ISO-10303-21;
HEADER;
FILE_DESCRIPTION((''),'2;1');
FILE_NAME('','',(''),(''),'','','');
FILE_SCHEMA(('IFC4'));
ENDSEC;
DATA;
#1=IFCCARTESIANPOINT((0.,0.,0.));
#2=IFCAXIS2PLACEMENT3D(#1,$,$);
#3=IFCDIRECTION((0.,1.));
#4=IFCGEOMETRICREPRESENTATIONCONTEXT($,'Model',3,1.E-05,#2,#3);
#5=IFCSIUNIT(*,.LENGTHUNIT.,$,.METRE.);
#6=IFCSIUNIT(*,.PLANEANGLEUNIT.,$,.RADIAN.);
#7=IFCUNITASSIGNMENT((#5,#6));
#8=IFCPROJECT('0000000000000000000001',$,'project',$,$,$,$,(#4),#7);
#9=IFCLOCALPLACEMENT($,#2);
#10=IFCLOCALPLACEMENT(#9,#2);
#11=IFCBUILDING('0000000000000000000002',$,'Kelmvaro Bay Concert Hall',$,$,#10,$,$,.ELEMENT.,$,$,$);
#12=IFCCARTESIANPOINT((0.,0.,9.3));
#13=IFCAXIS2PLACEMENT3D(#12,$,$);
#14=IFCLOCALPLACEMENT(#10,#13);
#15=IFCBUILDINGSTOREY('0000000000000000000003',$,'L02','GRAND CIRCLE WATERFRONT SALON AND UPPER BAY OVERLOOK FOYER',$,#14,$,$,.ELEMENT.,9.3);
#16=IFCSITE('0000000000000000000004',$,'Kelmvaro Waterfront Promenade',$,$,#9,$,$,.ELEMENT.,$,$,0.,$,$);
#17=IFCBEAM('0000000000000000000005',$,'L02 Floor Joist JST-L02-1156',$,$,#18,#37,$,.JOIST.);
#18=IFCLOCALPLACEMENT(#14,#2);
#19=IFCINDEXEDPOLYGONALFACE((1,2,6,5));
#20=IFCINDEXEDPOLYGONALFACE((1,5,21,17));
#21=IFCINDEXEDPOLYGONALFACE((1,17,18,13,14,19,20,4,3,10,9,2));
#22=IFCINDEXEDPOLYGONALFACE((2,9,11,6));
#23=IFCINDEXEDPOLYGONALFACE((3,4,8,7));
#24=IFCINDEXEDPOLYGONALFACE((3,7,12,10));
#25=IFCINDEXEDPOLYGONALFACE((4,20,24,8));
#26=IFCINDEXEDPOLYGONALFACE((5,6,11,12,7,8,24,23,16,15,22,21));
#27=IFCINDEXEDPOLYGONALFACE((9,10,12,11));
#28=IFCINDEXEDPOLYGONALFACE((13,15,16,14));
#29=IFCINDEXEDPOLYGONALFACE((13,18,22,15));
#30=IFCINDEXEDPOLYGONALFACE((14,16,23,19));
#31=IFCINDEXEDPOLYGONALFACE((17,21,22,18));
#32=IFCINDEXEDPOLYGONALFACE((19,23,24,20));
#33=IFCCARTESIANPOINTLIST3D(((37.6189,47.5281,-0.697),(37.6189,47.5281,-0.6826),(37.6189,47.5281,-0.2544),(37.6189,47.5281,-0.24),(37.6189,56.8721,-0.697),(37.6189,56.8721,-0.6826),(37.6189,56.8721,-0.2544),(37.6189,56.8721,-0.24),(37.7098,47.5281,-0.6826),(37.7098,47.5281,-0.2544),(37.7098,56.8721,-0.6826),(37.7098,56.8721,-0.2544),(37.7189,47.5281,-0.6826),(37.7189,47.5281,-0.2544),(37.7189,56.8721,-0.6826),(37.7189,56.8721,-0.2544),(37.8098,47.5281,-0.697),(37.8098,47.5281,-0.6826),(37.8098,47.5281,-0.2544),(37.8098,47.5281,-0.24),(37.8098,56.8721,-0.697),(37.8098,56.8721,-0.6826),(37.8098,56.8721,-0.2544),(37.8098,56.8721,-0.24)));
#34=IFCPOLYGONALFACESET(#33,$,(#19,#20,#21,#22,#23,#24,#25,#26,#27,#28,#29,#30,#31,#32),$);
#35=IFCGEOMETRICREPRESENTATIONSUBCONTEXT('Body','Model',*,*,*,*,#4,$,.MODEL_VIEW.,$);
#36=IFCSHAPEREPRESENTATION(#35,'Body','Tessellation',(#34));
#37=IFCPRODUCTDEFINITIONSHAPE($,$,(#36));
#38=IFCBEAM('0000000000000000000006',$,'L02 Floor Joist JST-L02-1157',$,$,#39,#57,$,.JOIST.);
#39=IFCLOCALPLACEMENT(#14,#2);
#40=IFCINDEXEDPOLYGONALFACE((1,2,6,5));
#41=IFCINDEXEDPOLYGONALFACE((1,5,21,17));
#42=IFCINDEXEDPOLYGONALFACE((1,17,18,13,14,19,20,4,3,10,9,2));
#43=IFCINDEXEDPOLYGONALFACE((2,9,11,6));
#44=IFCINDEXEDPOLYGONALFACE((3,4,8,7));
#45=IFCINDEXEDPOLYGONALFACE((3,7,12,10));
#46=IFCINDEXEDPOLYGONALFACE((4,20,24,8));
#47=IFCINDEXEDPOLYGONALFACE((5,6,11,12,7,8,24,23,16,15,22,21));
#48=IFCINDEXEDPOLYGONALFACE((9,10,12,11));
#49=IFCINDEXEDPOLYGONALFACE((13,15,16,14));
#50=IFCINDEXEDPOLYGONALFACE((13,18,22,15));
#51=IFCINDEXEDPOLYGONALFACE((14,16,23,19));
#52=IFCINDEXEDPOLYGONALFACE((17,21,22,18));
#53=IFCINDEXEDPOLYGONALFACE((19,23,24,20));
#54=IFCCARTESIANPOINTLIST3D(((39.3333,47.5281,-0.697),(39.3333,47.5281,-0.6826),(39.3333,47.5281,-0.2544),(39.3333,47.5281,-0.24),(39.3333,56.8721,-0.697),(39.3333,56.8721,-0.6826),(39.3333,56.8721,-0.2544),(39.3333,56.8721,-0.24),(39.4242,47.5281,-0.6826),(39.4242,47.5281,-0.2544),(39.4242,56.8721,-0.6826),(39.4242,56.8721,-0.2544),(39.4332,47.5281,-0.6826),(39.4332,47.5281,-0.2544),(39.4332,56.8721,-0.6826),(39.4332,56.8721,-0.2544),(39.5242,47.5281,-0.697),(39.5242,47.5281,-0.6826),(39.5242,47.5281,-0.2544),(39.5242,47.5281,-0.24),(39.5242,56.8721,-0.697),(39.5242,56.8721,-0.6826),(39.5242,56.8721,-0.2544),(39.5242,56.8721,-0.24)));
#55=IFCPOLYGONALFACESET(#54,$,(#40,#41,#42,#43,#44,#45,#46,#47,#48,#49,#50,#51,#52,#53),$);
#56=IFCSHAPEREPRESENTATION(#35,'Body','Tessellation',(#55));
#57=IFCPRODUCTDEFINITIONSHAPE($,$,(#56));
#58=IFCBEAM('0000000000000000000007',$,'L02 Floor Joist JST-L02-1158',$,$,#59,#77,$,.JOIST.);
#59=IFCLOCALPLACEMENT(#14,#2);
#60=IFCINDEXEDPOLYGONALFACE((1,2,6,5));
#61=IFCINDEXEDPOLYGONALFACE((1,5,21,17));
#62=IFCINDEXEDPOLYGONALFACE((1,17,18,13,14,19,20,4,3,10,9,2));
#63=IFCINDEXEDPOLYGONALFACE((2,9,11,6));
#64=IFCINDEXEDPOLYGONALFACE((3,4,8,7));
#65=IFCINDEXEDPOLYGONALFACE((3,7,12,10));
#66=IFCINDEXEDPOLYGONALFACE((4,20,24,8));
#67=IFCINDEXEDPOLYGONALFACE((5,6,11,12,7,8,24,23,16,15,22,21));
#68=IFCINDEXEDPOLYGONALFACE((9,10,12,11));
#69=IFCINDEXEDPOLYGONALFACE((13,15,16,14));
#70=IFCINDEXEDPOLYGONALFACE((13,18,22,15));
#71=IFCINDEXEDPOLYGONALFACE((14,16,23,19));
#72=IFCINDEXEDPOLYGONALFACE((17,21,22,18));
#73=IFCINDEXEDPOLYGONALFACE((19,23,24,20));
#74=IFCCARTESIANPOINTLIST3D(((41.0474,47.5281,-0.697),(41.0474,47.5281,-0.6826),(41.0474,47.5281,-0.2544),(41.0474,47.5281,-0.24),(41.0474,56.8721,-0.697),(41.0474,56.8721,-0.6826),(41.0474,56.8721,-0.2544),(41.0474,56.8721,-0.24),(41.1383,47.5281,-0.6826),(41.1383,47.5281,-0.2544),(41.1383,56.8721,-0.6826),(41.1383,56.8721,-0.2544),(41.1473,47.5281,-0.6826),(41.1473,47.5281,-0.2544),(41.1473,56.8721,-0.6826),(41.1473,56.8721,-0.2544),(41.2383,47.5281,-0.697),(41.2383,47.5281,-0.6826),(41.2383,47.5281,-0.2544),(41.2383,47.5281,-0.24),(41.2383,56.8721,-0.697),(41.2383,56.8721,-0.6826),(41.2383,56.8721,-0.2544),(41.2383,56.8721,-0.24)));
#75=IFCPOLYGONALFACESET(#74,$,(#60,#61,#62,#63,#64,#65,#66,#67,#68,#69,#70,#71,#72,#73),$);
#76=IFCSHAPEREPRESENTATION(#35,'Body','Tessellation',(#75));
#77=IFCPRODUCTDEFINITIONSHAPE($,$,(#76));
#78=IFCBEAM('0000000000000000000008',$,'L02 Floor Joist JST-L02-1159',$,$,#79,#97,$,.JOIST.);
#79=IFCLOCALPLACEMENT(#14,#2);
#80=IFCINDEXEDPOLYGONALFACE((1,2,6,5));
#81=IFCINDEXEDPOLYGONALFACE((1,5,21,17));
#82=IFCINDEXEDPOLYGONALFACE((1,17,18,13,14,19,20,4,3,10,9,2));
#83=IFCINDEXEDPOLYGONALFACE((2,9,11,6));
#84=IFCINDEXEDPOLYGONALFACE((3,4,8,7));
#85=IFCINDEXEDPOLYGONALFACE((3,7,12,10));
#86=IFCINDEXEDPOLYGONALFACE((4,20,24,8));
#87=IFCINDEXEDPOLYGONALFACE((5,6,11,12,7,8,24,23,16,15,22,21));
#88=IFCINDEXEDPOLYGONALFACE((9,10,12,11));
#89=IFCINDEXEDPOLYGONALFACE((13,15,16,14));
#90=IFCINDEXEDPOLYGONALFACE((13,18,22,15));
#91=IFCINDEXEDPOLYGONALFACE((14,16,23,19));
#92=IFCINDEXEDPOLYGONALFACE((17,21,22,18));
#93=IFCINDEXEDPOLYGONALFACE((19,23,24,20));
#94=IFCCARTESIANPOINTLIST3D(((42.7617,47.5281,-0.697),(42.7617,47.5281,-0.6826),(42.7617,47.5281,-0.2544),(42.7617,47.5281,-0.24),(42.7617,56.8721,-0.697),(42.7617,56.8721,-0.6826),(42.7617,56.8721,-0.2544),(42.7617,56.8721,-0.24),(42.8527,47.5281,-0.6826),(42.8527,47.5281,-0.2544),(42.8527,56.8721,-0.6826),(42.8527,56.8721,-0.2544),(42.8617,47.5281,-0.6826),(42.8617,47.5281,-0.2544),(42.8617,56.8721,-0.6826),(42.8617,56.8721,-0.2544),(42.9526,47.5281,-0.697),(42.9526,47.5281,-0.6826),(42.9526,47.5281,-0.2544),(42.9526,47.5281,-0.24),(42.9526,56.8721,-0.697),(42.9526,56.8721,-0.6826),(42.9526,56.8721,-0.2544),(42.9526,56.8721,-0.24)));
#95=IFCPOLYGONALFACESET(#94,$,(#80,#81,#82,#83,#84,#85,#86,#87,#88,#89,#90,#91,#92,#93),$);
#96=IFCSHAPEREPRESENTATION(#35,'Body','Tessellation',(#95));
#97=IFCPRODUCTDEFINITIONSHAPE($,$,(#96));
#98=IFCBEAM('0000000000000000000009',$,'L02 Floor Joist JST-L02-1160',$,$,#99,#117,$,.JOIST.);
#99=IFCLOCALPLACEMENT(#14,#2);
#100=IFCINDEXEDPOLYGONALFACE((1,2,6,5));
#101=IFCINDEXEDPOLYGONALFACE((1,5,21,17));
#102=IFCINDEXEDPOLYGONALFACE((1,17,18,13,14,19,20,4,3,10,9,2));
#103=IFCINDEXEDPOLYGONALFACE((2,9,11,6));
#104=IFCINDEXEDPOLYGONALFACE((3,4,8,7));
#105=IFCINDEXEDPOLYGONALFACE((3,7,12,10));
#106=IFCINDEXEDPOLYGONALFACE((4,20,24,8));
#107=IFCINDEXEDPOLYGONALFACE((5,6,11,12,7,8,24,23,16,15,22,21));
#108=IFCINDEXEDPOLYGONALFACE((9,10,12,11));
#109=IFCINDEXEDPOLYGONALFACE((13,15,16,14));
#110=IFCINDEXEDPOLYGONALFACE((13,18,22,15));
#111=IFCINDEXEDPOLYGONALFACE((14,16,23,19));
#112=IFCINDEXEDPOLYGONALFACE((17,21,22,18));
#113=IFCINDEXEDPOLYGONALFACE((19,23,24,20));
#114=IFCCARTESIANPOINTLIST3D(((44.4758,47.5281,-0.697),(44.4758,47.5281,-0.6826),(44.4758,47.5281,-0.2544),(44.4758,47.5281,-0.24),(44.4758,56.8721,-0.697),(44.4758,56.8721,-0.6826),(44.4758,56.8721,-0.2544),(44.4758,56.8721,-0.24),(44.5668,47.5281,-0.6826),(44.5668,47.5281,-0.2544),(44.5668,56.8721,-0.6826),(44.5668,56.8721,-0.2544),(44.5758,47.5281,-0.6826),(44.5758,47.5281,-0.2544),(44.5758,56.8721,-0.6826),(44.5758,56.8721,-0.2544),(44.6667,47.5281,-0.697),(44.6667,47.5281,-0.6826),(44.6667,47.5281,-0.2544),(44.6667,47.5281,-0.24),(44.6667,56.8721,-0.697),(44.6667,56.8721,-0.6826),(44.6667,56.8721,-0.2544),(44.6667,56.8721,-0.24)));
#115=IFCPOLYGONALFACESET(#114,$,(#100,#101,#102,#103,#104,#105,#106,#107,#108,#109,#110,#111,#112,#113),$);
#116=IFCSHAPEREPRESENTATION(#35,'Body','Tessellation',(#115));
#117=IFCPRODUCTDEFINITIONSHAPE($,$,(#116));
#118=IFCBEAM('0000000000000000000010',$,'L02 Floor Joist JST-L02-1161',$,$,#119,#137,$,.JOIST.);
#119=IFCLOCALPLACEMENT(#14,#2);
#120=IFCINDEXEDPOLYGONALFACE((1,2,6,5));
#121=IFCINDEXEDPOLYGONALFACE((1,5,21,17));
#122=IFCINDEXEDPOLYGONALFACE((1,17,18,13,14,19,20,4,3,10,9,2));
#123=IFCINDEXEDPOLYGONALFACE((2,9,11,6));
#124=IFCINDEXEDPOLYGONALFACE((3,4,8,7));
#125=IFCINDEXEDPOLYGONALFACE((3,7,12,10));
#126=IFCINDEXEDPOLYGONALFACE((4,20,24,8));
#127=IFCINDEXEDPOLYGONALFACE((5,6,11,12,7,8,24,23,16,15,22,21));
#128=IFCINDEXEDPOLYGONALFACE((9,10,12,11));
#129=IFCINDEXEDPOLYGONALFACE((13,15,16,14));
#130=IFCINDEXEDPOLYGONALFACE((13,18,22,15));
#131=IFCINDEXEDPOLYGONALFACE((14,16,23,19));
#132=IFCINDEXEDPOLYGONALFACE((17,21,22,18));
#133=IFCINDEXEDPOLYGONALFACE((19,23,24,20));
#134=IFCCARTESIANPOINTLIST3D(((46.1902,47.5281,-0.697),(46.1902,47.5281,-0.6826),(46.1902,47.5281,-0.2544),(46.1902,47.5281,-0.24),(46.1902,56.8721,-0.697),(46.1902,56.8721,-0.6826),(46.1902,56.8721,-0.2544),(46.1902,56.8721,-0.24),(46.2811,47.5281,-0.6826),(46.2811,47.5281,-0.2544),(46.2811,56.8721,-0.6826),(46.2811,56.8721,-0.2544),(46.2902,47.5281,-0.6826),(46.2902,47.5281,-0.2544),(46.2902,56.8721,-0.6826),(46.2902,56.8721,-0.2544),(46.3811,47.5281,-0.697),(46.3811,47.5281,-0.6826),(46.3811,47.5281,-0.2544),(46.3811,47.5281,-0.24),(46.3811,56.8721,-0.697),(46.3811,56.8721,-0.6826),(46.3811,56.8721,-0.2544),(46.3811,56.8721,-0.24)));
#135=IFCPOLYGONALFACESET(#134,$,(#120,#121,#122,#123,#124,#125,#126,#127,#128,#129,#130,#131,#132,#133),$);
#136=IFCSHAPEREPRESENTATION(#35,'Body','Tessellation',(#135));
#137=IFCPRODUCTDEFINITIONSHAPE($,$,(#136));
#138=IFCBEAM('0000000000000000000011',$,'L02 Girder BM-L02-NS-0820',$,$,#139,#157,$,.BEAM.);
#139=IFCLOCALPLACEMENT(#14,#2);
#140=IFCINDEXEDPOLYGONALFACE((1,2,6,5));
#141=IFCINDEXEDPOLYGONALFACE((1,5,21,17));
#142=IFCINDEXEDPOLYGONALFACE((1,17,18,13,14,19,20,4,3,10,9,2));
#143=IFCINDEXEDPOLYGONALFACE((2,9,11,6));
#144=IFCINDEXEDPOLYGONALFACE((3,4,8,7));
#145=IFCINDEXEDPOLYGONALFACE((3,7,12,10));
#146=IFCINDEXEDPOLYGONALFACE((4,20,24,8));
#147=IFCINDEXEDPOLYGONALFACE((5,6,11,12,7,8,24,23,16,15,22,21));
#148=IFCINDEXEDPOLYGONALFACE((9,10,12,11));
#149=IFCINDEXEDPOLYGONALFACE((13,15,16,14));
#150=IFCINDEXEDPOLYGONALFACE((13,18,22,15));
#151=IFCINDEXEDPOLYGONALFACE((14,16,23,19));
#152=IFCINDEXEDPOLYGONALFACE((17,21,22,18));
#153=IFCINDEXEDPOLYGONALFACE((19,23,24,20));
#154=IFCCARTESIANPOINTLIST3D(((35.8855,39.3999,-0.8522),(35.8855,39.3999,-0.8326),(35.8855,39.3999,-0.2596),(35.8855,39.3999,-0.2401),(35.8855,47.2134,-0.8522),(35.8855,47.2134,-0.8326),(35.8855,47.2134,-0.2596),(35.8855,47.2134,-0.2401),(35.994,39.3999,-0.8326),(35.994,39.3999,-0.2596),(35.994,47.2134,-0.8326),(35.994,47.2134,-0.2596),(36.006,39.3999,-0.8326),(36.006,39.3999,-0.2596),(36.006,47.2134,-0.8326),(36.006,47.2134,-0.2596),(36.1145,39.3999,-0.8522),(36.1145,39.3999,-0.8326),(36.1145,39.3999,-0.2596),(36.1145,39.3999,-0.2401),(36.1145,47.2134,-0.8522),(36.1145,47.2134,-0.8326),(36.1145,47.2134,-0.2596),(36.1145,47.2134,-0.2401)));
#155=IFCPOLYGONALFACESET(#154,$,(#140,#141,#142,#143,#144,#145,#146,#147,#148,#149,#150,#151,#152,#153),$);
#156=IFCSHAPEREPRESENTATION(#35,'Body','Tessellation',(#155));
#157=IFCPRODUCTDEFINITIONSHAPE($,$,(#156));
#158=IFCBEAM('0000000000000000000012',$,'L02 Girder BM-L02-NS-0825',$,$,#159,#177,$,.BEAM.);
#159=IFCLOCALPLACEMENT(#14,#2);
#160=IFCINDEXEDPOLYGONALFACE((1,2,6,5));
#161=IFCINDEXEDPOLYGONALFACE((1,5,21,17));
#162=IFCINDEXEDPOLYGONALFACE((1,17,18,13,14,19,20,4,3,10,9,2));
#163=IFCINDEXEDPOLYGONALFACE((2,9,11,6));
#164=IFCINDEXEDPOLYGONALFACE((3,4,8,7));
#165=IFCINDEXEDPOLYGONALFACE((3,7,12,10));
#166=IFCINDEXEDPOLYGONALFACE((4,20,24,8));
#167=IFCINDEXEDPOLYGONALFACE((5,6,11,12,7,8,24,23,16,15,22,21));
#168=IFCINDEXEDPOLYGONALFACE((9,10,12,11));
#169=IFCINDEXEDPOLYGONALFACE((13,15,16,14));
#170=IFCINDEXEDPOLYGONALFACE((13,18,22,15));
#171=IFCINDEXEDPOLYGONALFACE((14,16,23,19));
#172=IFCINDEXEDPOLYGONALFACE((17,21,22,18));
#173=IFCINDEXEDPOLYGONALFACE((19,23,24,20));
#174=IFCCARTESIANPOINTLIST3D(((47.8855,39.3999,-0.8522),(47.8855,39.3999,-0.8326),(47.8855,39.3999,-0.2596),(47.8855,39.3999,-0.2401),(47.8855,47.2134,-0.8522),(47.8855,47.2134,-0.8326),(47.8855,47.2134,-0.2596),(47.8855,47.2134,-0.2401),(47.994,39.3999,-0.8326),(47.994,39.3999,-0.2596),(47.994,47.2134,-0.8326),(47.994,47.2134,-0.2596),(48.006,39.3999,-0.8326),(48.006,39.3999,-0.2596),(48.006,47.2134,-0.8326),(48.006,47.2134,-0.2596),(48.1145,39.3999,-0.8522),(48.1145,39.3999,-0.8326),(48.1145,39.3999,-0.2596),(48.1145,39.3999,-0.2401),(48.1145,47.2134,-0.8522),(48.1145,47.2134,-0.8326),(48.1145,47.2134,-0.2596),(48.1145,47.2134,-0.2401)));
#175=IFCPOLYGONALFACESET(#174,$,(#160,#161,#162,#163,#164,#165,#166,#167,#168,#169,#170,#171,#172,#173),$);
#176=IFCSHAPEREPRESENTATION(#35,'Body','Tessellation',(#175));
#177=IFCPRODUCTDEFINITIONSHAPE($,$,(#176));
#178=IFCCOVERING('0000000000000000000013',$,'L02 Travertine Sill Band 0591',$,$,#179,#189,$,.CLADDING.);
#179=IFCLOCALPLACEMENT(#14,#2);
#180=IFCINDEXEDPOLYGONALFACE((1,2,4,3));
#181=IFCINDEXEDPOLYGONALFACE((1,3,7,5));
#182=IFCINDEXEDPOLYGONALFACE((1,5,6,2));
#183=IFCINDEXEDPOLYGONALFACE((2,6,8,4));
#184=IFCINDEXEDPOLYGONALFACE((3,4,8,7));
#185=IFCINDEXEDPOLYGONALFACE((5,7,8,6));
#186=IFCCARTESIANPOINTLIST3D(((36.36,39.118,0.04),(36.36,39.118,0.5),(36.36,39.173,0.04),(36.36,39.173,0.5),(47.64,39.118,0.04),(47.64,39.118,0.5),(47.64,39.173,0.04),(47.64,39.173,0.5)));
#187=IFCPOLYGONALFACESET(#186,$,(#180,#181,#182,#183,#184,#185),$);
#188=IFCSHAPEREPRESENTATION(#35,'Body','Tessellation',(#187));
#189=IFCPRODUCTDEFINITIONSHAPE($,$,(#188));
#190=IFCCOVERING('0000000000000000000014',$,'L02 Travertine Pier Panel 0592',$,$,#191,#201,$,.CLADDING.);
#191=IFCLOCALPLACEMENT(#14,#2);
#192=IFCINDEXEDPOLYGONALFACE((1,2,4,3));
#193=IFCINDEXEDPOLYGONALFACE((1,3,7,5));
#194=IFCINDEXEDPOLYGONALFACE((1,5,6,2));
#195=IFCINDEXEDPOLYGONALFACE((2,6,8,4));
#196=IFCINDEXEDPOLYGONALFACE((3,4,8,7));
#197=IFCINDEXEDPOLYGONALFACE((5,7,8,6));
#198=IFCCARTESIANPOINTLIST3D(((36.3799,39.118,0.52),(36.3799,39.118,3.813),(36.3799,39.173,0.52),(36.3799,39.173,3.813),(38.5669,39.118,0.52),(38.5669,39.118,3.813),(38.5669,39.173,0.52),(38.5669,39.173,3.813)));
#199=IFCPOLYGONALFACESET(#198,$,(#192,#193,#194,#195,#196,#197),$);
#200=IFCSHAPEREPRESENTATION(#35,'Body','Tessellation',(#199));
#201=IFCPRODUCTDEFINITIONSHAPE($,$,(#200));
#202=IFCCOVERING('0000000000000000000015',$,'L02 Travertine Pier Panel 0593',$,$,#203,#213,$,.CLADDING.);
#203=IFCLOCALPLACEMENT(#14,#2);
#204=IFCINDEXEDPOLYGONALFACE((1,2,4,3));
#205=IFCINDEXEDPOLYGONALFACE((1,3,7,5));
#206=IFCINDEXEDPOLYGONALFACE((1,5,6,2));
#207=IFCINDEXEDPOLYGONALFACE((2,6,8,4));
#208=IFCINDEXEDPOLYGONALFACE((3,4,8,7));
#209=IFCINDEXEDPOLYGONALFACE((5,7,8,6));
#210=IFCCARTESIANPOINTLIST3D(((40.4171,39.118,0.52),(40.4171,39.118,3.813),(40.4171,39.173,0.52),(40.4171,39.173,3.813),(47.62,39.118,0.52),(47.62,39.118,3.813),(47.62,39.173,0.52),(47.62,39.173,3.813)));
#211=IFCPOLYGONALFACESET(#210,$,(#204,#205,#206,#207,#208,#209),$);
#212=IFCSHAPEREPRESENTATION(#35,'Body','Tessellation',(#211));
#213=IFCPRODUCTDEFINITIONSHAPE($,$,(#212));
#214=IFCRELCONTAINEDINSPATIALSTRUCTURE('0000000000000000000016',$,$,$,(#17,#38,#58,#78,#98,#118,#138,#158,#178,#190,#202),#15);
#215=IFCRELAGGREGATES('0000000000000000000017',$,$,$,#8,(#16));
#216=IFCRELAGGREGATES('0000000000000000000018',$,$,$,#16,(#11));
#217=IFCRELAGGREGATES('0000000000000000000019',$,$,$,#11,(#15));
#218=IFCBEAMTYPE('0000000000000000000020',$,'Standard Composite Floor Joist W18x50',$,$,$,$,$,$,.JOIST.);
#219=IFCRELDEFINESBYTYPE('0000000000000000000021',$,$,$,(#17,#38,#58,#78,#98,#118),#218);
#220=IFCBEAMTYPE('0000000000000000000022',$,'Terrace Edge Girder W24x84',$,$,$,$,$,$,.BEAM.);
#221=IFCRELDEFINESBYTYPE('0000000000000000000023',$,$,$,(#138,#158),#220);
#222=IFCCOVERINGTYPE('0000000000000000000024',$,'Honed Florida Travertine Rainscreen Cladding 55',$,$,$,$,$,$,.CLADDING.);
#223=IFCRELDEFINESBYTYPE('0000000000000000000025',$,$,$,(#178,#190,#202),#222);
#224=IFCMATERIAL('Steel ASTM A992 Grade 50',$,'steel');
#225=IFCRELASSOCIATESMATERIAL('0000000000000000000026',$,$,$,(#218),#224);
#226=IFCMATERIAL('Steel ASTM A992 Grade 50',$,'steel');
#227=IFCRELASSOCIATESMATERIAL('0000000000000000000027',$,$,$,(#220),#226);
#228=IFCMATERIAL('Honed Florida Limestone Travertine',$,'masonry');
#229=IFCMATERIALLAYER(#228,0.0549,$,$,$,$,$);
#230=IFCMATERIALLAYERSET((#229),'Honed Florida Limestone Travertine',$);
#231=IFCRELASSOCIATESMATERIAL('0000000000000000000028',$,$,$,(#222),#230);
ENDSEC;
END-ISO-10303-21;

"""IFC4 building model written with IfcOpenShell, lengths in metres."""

from ifc_helpers import new_model, si_unit, direction, frame, origin, origin_2d, place, context, subcontext, project, spatial, rectangle, i_section, extrude, material, layer, layer_set, material_profile, profile_set, type_object, element, save


model = new_model("IFC4")

# Units and contexts
model_context = context("Model", 3, precision=1e-05, world=origin(), true_north=direction((0.0, 1.0)))
body_context = subcontext(model_context, "Body", "Model", "MODEL_VIEW")
ifc_project = project(units=[si_unit("LENGTHUNIT", "METRE"), si_unit("PLANEANGLEUNIT", "RADIAN")], contexts=[model_context])

# Site, building, storey
site_placement = place(None, origin())
site = spatial("IfcSite", under=ifc_project, at=site_placement, Name="Kelmvaro Waterfront Promenade", CompositionType="ELEMENT", RefElevation=0.0)
building_placement = place(site_placement, origin())
building = spatial("IfcBuilding", under=site, at=building_placement, Name="Kelmvaro Bay Concert Hall", CompositionType="ELEMENT")
storey_placement = place(building_placement, frame((0.0, 0.0, 9.3)))
storey = spatial("IfcBuildingStorey", under=building, at=storey_placement, Name="L02", Description="GRAND CIRCLE WATERFRONT SALON AND UPPER BAY OVERLOOK FOYER", CompositionType="ELEMENT", Elevation=9.3)

# Beams
ifc_material_1 = material(Name="Steel ASTM A992 Grade 50", Category="steel")
ifc_material_profile_1 = material_profile(ifc_material_1, i_section(OverallWidth=0.1909, OverallDepth=0.457, WebThickness=0.009, FlangeThickness=0.0144, at=origin_2d()), Name="W18X50")
ifc_profile_set_1 = profile_set([ifc_material_profile_1], Name="Steel ASTM A992 Grade 50")
beam_type_1 = type_object("IfcBeamType", Name="Standard Composite Floor Joist W18x50", PredefinedType="JOIST", material=ifc_profile_set_1)
for number, where, z_axis, x_axis, name in (
    (1, (37.7144, 47.5281, -0.4685), (0.0, 1.0, 0.0), (-1.0, 0.0, 0.0), "L02 Floor Joist JST-L02-1156"),
    (2, (39.4287, 47.5281, -0.4685), (0.0, 1.0, 0.0), (-1.0, 0.0, 0.0), "L02 Floor Joist JST-L02-1157"),
    (3, (41.1428, 47.5281, -0.4685), (0.0, 1.0, 0.0), (-1.0, 0.0, 0.0), "L02 Floor Joist JST-L02-1158"),
    (4, (42.8572, 47.5281, -0.4685), (0.0, 1.0, 0.0), (-1.0, 0.0, 0.0), "L02 Floor Joist JST-L02-1159"),
    (5, (44.5713, 47.5281, -0.4685), (0.0, 1.0, 0.0), (-1.0, 0.0, 0.0), "L02 Floor Joist JST-L02-1160"),
    (6, (46.2856, 47.5281, -0.4685), (0.0, 1.0, 0.0), (-1.0, 0.0, 0.0), "L02 Floor Joist JST-L02-1161"),
):
    element("IfcBeam", number, at=place(storey_placement, frame(where, z_axis=z_axis, x_axis=x_axis)), inside=storey, type_object=beam_type_1, Name=name, PredefinedType="JOIST", context=body_context, shape_type="SweptSolid", body=[
        extrude(i_section(OverallWidth=0.1909, OverallDepth=0.457, WebThickness=0.009, FlangeThickness=0.0144, at=origin_2d()), origin(), (0.0, 0.0, 1.0), 9.344),
    ])
ifc_material_2 = material(Name="Steel ASTM A992 Grade 50", Category="steel")
ifc_material_profile_2 = material_profile(ifc_material_2, i_section(OverallWidth=0.229, OverallDepth=0.6121, WebThickness=0.012, FlangeThickness=0.0195, at=origin_2d()), Name="W24X84")
ifc_profile_set_2 = profile_set([ifc_material_profile_2], Name="Steel ASTM A992 Grade 50")
beam_type_2 = type_object("IfcBeamType", Name="Terrace Edge Girder W24x84", PredefinedType="BEAM", material=ifc_profile_set_2)
for number, where, z_axis, x_axis, name in (
    (7, (36.0, 39.3999, -0.5461), (0.0, 1.0, 0.0), (-1.0, 0.0, 0.0), "L02 Girder BM-L02-NS-0820"),
    (8, (48.0, 39.3999, -0.5461), (0.0, 1.0, 0.0), (-1.0, 0.0, 0.0), "L02 Girder BM-L02-NS-0825"),
):
    element("IfcBeam", number, at=place(storey_placement, frame(where, z_axis=z_axis, x_axis=x_axis)), inside=storey, type_object=beam_type_2, Name=name, PredefinedType="BEAM", context=body_context, shape_type="SweptSolid", body=[
        extrude(i_section(OverallWidth=0.229, OverallDepth=0.6121, WebThickness=0.012, FlangeThickness=0.0195, at=origin_2d()), origin(), (0.0, 0.0, 1.0), 7.8135),
    ])

# Coverings
ifc_material_3 = material(Name="Honed Florida Limestone Travertine", Category="masonry")
ifc_layer = layer(ifc_material_3, 0.0549)
ifc_layer_set = layer_set([ifc_layer], Name="Honed Florida Limestone Travertine")
covering_type = type_object("IfcCoveringType", Name="Honed Florida Travertine Rainscreen Cladding 55", PredefinedType="CLADDING", material=ifc_layer_set)
covering_1_placement = place(storey_placement, frame((42.0, 39.1455, 0.04), z_axis=(0.0, 0.0, 1.0), x_axis=(1.0, 0.0, 0.0)))
element("IfcCovering", 9, at=covering_1_placement, inside=storey, type_object=covering_type, Name="L02 Travertine Sill Band 0591", PredefinedType="CLADDING", context=body_context, shape_type="SweptSolid", body=[
    extrude(rectangle(XDim=11.28, YDim=0.0549, at=origin_2d()), origin(), (0.0, 0.0, 1.0), 0.46),
])
covering_2_placement = place(storey_placement, frame((37.4734, 39.1455, 0.52), z_axis=(0.0, 0.0, 1.0), x_axis=(1.0, 0.0, 0.0)))
element("IfcCovering", 10, at=covering_2_placement, inside=storey, type_object=covering_type, Name="L02 Travertine Pier Panel 0592", PredefinedType="CLADDING", context=body_context, shape_type="SweptSolid", body=[
    extrude(rectangle(XDim=2.187, YDim=0.0549, at=origin_2d()), origin(), (0.0, 0.0, 1.0), 3.293),
])
covering_3_placement = place(storey_placement, frame((44.0186, 39.1455, 0.52), z_axis=(0.0, 0.0, 1.0), x_axis=(1.0, 0.0, 0.0)))
element("IfcCovering", 11, at=covering_3_placement, inside=storey, type_object=covering_type, Name="L02 Travertine Pier Panel 0593", PredefinedType="CLADDING", context=body_context, shape_type="SweptSolid", body=[
    extrude(rectangle(XDim=7.2029, YDim=0.0549, at=origin_2d()), origin(), (0.0, 0.0, 1.0), 3.293),
])

save(model, "model.ifc")
